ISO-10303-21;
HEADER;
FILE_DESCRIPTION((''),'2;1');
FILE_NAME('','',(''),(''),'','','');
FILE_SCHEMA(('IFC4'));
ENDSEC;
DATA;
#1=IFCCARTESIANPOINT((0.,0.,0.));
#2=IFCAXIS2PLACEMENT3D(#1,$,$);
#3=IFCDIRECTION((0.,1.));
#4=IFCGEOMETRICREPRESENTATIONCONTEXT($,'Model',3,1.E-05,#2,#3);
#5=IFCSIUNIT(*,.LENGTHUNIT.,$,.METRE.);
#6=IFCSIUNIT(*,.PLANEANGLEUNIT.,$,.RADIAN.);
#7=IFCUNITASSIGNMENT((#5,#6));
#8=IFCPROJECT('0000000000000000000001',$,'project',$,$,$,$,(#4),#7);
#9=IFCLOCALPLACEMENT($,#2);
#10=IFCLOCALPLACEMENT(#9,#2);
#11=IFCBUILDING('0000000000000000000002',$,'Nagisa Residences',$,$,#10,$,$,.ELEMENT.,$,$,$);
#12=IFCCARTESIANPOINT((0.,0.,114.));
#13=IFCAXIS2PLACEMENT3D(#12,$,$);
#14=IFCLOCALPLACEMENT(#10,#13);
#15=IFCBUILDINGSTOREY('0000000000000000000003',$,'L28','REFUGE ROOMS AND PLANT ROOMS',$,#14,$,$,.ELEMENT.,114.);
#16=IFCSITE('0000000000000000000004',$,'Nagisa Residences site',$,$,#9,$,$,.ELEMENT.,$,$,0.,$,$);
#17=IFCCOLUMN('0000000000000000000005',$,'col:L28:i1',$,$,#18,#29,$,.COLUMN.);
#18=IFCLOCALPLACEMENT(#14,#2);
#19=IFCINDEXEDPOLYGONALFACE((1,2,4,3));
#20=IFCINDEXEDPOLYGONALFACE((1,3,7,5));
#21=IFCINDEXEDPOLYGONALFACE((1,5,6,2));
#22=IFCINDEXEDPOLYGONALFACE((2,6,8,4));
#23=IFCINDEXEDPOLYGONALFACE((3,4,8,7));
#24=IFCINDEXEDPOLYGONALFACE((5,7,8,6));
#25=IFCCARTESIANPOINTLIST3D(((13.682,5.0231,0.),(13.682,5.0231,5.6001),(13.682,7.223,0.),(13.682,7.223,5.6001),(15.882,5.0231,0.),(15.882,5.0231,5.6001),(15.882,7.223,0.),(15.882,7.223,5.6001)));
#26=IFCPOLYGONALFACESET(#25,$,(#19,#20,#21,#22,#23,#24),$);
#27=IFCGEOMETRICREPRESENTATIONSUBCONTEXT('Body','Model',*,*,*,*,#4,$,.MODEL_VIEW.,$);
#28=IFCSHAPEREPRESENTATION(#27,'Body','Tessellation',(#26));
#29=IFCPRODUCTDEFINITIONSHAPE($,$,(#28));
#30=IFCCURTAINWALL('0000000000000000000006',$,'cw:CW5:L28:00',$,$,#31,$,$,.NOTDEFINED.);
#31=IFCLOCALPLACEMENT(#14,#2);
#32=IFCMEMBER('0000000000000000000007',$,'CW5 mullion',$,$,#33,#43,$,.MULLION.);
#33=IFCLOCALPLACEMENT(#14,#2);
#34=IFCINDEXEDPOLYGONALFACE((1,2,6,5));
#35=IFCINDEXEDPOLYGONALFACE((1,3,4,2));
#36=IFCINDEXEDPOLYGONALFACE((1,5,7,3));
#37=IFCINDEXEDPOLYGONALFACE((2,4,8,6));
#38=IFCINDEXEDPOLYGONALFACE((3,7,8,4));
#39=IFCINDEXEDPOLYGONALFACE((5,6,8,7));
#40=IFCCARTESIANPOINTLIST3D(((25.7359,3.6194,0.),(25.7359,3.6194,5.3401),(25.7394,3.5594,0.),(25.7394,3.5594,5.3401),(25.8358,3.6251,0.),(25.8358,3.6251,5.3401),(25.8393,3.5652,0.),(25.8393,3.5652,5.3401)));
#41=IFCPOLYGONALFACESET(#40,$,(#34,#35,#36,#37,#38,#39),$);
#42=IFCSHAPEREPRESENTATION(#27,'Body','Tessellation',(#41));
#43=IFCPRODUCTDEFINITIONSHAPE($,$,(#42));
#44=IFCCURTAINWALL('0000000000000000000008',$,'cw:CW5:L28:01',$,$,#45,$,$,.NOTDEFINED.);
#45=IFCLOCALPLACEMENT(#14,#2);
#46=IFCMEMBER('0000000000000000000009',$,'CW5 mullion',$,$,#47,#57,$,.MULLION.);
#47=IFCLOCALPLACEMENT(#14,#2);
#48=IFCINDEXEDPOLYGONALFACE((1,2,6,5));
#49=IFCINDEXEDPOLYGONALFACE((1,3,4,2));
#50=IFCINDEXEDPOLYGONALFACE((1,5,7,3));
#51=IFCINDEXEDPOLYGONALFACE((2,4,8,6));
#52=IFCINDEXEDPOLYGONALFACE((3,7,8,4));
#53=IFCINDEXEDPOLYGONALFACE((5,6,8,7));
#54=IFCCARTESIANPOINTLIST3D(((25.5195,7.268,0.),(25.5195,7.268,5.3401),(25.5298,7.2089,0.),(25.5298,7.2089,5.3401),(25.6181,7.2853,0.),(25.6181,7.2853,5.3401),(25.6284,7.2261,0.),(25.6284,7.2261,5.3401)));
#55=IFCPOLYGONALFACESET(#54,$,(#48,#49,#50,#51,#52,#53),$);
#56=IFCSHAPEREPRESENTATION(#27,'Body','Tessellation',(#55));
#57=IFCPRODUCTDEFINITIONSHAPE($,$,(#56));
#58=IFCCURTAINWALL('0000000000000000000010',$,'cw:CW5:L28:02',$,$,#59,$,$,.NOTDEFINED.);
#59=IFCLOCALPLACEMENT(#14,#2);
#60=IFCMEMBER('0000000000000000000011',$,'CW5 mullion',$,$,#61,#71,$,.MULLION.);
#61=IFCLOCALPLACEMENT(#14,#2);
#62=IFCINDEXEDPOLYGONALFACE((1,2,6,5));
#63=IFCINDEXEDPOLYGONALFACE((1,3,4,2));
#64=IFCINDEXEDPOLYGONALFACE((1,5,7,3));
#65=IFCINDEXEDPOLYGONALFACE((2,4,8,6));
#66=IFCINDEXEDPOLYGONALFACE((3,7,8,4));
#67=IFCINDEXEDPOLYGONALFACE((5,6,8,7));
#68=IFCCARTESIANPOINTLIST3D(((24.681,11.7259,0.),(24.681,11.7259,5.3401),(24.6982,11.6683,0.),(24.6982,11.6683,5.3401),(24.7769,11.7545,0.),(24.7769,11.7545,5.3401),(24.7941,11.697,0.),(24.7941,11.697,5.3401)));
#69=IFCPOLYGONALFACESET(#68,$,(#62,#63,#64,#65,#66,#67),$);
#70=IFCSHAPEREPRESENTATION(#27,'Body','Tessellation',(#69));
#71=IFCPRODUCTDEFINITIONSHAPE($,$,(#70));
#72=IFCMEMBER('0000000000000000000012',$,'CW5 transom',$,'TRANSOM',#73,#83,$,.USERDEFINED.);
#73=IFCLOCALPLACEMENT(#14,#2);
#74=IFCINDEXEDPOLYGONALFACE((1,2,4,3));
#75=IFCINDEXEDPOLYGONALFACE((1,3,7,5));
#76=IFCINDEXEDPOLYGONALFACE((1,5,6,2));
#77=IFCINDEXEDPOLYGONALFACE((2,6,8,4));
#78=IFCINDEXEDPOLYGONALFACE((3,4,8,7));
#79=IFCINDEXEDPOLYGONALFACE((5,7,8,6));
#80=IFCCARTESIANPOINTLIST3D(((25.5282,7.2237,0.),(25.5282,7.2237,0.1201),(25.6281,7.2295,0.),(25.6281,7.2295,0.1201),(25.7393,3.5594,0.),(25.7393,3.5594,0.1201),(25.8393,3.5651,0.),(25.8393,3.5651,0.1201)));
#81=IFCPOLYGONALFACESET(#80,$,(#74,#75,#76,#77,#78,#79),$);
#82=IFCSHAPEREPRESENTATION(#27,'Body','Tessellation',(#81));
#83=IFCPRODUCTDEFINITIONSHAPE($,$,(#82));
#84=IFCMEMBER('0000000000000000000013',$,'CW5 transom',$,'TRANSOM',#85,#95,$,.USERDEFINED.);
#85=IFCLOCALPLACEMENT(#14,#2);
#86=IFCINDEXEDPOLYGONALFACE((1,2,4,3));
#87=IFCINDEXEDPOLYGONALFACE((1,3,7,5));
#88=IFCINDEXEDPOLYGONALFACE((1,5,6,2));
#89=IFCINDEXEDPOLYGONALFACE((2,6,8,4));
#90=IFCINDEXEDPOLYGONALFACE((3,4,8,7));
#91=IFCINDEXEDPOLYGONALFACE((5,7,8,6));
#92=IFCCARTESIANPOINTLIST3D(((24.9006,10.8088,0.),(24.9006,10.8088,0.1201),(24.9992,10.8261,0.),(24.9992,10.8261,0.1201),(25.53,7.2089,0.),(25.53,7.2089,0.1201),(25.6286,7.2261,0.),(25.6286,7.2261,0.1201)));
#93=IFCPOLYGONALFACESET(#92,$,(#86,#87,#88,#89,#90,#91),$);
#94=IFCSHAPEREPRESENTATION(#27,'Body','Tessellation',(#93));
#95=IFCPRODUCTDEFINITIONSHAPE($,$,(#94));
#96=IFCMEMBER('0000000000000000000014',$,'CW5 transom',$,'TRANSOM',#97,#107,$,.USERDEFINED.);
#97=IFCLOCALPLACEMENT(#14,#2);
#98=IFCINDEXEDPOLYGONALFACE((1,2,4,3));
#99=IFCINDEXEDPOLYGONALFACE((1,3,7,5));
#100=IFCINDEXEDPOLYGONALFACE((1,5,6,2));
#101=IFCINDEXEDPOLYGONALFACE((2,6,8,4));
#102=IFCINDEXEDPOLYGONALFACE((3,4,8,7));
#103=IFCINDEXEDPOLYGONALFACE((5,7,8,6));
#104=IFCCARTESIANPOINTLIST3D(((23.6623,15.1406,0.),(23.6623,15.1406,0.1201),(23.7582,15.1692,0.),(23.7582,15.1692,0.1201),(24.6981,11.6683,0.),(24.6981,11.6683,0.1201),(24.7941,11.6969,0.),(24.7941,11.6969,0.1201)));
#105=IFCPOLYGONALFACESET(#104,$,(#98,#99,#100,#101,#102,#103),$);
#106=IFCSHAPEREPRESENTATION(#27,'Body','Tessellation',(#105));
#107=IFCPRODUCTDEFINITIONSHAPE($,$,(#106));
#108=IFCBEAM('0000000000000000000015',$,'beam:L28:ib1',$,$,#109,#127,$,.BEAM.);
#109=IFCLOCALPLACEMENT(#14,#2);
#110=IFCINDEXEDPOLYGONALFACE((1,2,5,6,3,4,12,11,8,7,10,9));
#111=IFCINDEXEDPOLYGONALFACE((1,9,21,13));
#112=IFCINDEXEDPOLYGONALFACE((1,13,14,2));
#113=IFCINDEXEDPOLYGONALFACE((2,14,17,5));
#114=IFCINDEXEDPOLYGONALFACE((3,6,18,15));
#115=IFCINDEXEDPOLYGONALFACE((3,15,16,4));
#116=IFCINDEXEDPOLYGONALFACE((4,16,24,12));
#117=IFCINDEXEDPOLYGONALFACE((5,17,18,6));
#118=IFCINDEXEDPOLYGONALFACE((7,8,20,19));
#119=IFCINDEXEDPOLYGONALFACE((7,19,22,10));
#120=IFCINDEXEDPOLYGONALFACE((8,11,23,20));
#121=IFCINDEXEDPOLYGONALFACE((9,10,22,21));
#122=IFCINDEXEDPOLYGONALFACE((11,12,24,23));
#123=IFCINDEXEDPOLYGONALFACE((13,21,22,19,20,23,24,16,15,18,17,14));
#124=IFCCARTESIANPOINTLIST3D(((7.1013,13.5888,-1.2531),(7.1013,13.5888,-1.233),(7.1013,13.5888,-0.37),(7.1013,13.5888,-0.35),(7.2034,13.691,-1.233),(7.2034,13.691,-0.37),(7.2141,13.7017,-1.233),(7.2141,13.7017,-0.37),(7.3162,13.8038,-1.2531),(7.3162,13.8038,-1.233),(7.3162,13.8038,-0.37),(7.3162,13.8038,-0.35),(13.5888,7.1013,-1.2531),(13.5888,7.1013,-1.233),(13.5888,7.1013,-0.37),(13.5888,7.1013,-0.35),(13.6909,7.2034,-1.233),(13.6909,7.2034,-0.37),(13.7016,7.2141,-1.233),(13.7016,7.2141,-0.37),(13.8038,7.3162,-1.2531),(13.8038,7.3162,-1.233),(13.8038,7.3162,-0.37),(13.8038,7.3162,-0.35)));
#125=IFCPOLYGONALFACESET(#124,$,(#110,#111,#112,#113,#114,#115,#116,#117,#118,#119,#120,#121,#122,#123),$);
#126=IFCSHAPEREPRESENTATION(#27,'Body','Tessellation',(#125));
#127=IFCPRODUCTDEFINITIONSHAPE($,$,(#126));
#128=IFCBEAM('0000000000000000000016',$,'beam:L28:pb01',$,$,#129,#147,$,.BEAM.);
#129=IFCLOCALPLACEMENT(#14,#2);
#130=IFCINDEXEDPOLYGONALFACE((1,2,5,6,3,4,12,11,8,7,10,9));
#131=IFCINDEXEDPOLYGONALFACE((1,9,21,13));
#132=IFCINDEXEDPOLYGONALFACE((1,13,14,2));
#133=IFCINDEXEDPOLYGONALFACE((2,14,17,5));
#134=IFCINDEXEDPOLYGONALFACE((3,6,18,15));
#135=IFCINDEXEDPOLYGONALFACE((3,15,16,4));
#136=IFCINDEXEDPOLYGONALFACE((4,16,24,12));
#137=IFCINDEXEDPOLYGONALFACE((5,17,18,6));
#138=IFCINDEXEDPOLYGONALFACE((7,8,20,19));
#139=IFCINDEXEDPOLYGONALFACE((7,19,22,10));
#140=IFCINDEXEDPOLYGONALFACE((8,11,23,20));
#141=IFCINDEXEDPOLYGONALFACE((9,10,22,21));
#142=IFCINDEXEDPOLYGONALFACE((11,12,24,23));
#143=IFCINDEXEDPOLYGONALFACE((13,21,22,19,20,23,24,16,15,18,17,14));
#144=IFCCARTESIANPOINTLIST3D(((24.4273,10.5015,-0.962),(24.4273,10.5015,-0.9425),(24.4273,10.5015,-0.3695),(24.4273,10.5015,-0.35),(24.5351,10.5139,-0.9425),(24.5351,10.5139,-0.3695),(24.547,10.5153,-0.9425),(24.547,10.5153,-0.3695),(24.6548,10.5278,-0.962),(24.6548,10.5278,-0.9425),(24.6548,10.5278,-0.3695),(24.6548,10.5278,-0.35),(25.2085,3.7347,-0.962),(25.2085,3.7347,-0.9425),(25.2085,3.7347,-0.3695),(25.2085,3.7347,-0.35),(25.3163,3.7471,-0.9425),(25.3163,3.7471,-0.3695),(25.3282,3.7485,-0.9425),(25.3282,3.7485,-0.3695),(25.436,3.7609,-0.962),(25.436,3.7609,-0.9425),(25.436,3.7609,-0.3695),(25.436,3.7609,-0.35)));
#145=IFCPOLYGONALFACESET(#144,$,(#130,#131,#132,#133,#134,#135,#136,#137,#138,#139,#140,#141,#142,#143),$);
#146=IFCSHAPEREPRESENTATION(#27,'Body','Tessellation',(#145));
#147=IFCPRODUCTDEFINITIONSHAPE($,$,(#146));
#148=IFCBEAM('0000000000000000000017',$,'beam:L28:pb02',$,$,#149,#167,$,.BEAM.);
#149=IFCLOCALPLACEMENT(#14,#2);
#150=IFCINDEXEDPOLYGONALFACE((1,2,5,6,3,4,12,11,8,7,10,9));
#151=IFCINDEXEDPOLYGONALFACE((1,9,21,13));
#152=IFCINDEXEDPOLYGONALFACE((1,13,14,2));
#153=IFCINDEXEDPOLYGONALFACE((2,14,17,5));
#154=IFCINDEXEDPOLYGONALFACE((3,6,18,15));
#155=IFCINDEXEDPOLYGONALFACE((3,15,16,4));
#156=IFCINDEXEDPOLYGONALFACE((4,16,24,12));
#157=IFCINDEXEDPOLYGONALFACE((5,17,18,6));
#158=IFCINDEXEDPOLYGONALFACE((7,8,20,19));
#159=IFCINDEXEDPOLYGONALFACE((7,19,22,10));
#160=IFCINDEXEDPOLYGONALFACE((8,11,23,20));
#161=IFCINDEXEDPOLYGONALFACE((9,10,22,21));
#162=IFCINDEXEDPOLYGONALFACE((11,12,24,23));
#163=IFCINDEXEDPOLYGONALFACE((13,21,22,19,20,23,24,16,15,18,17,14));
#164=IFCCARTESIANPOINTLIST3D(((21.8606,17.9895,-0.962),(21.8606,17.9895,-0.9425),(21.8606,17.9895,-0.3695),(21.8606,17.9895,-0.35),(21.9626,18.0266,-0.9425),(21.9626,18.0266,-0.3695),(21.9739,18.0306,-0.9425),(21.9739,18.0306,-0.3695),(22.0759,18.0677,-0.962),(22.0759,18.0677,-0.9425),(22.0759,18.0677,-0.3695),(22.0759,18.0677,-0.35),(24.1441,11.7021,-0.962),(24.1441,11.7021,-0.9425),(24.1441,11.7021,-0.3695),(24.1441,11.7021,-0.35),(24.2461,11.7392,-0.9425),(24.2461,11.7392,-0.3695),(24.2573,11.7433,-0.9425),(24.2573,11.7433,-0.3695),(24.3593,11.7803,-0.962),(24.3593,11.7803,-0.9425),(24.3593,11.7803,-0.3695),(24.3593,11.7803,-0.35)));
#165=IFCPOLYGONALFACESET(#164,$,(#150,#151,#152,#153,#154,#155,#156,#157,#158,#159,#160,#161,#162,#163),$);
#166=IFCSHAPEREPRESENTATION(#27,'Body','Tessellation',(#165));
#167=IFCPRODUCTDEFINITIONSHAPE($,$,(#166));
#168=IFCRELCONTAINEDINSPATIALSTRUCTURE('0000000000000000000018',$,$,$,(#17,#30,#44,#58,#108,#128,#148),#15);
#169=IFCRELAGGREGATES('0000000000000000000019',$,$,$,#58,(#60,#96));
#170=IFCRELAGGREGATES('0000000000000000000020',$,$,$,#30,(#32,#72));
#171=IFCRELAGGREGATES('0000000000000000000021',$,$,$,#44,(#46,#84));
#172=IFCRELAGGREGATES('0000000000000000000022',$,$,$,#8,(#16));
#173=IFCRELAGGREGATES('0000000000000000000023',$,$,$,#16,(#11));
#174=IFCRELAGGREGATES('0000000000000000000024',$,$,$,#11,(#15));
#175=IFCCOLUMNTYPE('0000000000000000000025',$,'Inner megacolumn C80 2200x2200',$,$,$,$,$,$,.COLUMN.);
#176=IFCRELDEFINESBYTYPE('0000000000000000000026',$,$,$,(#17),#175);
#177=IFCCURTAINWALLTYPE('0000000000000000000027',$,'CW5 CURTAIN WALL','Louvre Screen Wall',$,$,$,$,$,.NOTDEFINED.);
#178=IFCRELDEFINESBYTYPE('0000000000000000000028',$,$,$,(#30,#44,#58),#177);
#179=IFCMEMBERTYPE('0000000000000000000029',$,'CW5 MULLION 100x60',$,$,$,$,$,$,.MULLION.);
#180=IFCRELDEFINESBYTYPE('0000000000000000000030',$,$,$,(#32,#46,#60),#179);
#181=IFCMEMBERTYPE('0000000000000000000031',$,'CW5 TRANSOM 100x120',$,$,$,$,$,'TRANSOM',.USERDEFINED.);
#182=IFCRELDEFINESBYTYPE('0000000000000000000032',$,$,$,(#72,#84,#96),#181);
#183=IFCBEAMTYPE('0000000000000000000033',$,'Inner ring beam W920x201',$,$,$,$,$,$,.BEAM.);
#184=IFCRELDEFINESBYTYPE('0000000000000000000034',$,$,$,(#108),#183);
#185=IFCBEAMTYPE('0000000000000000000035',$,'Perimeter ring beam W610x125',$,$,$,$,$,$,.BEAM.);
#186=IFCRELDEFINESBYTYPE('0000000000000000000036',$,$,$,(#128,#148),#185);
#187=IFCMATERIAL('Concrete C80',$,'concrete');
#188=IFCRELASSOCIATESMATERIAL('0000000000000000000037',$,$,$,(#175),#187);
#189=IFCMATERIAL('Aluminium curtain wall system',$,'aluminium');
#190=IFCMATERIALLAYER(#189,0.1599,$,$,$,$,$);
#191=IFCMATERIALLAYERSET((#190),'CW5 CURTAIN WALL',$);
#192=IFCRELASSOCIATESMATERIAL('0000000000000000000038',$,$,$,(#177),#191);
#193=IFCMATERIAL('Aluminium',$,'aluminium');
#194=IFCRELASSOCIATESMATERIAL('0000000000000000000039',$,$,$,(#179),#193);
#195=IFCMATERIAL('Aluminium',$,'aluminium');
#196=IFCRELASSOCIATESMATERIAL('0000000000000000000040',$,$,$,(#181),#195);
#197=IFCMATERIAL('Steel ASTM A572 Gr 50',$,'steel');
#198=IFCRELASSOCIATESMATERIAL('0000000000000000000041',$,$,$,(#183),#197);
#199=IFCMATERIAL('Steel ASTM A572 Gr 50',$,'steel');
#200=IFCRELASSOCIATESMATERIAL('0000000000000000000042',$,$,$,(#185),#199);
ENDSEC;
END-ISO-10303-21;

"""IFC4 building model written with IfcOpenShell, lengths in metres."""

from ifc_helpers import new_model, si_unit, direction, frame, origin, origin_2d, place, context, subcontext, project, spatial, rectangle, i_section, extrude, material, layer, layer_set, material_profile, profile_set, type_object, element, aggregate, save


model = new_model("IFC4")

# Units and contexts
model_context = context("Model", 3, precision=1e-05, world=origin(), true_north=direction((0.0, 1.0)))
body_context = subcontext(model_context, "Body", "Model", "MODEL_VIEW")
ifc_project = project(units=[si_unit("LENGTHUNIT", "METRE"), si_unit("PLANEANGLEUNIT", "RADIAN")], contexts=[model_context])

# Site, building, storey
site_placement = place(None, origin())
site = spatial("IfcSite", under=ifc_project, at=site_placement, Name="Nagisa Residences site", CompositionType="ELEMENT", RefElevation=0.0)
building_placement = place(site_placement, origin())
building = spatial("IfcBuilding", under=site, at=building_placement, Name="Nagisa Residences", CompositionType="ELEMENT")
storey_placement = place(building_placement, frame((0.0, 0.0, 114.0)))
storey = spatial("IfcBuildingStorey", under=building, at=storey_placement, Name="L28", Description="REFUGE ROOMS AND PLANT ROOMS", CompositionType="ELEMENT", Elevation=114.0)

# Column
ifc_material_1 = material(Name="Concrete C80", Category="concrete")
ifc_material_profile_1 = material_profile(ifc_material_1, rectangle(XDim=2.2, YDim=2.2, at=origin_2d()), Name="C80 2200x2200")
ifc_profile_set_1 = profile_set([ifc_material_profile_1], Name="Concrete C80")
column_type = type_object("IfcColumnType", Name="Inner megacolumn C80 2200x2200", PredefinedType="COLUMN", material=ifc_profile_set_1)
column_placement = place(storey_placement, frame((14.782, 6.123, 0.0), z_axis=(0.0, 0.0, 1.0), x_axis=(1.0, 0.0, 0.0)))
element("IfcColumn", 1, at=column_placement, inside=storey, type_object=column_type, Name="col:L28:i1", PredefinedType="COLUMN", context=body_context, shape_type="SweptSolid", body=[
    extrude(rectangle(XDim=2.2, YDim=2.2, at=origin_2d()), origin(), (0.0, 0.0, 1.0), 5.6001),
])

# Curtain walls, members
ifc_material_2 = material(Name="Aluminium curtain wall system", Category="aluminium")
ifc_layer_1 = layer(ifc_material_2, 0.1599)
ifc_layer_set_1 = layer_set([ifc_layer_1], Name="CW5 CURTAIN WALL")
curtain_wall_type = type_object("IfcCurtainWallType", Name="CW5 CURTAIN WALL", Description="Louvre Screen Wall", PredefinedType="NOTDEFINED", material=ifc_layer_set_1)
curtain_wall_1_placement = place(storey_placement, origin())
curtain_wall_1 = element("IfcCurtainWall", 2, at=curtain_wall_1_placement, inside=storey, type_object=curtain_wall_type, Name="cw:CW5:L28:00", PredefinedType="NOTDEFINED")
ifc_material_3 = material(Name="Aluminium", Category="aluminium")
ifc_material_profile_2 = material_profile(ifc_material_3, rectangle(XDim=0.1001, YDim=0.0601, at=origin_2d()), Name="CW5 MULLION 100x60")
ifc_profile_set_2 = profile_set([ifc_material_profile_2], Name="Aluminium")
member_type_1 = type_object("IfcMemberType", Name="CW5 MULLION 100x60", PredefinedType="MULLION", material=ifc_profile_set_2)
member_1_placement = place(storey_placement, frame((25.7876, 3.5923, 0.0), z_axis=(0.0, 0.0, 1.0), x_axis=(-0.998345, -0.057503, 0.0)))
member_1 = element("IfcMember", 3, at=member_1_placement, type_object=member_type_1, Name="CW5 mullion", PredefinedType="MULLION", context=body_context, shape_type="SweptSolid", body=[
    extrude(rectangle(XDim=0.1001, YDim=0.0601, at=origin_2d()), origin(), (0.0, 0.0, 1.0), 5.3401),
])
curtain_wall_2_placement = place(storey_placement, origin())
curtain_wall_2 = element("IfcCurtainWall", 4, at=curtain_wall_2_placement, inside=storey, type_object=curtain_wall_type, Name="cw:CW5:L28:01", PredefinedType="NOTDEFINED")
member_2_placement = place(storey_placement, frame((25.574, 7.2471, 0.0), z_axis=(0.0, 0.0, 1.0), x_axis=(-0.985064, -0.172191, 0.0)))
member_2 = element("IfcMember", 5, at=member_2_placement, type_object=member_type_1, Name="CW5 mullion", PredefinedType="MULLION", context=body_context, shape_type="SweptSolid", body=[
    extrude(rectangle(XDim=0.1001, YDim=0.0601, at=origin_2d()), origin(), (0.0, 0.0, 1.0), 5.3401),
])
curtain_wall_3_placement = place(storey_placement, origin())
curtain_wall_3 = element("IfcCurtainWall", 6, at=curtain_wall_3_placement, inside=storey, type_object=curtain_wall_type, Name="cw:CW5:L28:02", PredefinedType="NOTDEFINED")
member_3_placement = place(storey_placement, frame((24.7375, 11.7114, 0.0), z_axis=(0.0, 0.0, 1.0), x_axis=(-0.958271, -0.28586, 0.0)))
member_3 = element("IfcMember", 7, at=member_3_placement, type_object=member_type_1, Name="CW5 mullion", PredefinedType="MULLION", context=body_context, shape_type="SweptSolid", body=[
    extrude(rectangle(XDim=0.1001, YDim=0.0601, at=origin_2d()), origin(), (0.0, 0.0, 1.0), 5.3401),
])

# Members
ifc_material_4 = material(Name="Aluminium", Category="aluminium")
ifc_material_profile_3 = material_profile(ifc_material_4, rectangle(XDim=0.1001, YDim=0.1201, at=origin_2d()), Name="CW5 TRANSOM 100x120")
ifc_profile_set_3 = profile_set([ifc_material_profile_3], Name="Aluminium")
member_type_2 = type_object("IfcMemberType", Name="CW5 TRANSOM 100x120", ElementType="TRANSOM", PredefinedType="USERDEFINED", material=ifc_profile_set_3)
member_4_placement = place(storey_placement, frame((25.7893, 3.5623, 0.0601), z_axis=(-0.057537, 0.998343, 0.0), x_axis=(-0.998343, -0.057537, 0.0)))
member_4 = element("IfcMember", 8, at=member_4_placement, type_object=member_type_2, Name="CW5 transom", ObjectType="TRANSOM", PredefinedType="USERDEFINED", context=body_context, shape_type="SweptSolid", body=[
    extrude(rectangle(XDim=0.1001, YDim=0.1201, at=origin_2d()), origin(), (0.0, 0.0, 1.0), 3.6704),
])
member_5_placement = place(storey_placement, frame((25.5793, 7.2175, 0.0601), z_axis=(-0.172226, 0.985057, 0.0), x_axis=(-0.985057, -0.172226, 0.0)))
member_5 = element("IfcMember", 9, at=member_5_placement, type_object=member_type_2, Name="CW5 transom", ObjectType="TRANSOM", PredefinedType="USERDEFINED", context=body_context, shape_type="SweptSolid", body=[
    extrude(rectangle(XDim=0.1001, YDim=0.1201, at=origin_2d()), origin(), (0.0, 0.0, 1.0), 3.6545),
])
member_6_placement = place(storey_placement, frame((24.7461, 11.6826, 0.0601), z_axis=(-0.28587, 0.958268, 0.0), x_axis=(-0.958268, -0.28587, 0.0)))
member_6 = element("IfcMember", 10, at=member_6_placement, type_object=member_type_2, Name="CW5 transom", ObjectType="TRANSOM", PredefinedType="USERDEFINED", context=body_context, shape_type="SweptSolid", body=[
    extrude(rectangle(XDim=0.1001, YDim=0.1201, at=origin_2d()), origin(), (0.0, 0.0, 1.0), 3.6235),
])
aggregate(curtain_wall_3, [member_3, member_6])

# Beams
ifc_material_5 = material(Name="Steel ASTM A572 Gr 50", Category="steel")
ifc_material_profile_4 = material_profile(ifc_material_5, i_section(OverallWidth=0.304, OverallDepth=0.9031, WebThickness=0.0151, FlangeThickness=0.02, at=origin_2d()), Name="W920x201")
ifc_profile_set_4 = profile_set([ifc_material_profile_4], Name="Steel ASTM A572 Gr 50")
beam_type_1 = type_object("IfcBeamType", Name="Inner ring beam W920x201", PredefinedType="BEAM", material=ifc_profile_set_4)
beam_1_placement = place(storey_placement, frame((13.6963, 7.2087, -0.8015), z_axis=(-0.707107, 0.707107, 0.0), x_axis=(-0.707107, -0.707107, 0.0)))
element("IfcBeam", 11, at=beam_1_placement, inside=storey, type_object=beam_type_1, Name="beam:L28:ib1", PredefinedType="BEAM", context=body_context, shape_type="SweptSolid", body=[
    extrude(i_section(OverallWidth=0.304, OverallDepth=0.9031, WebThickness=0.0151, FlangeThickness=0.02, at=origin_2d()), origin(), (0.0, 0.0, 1.0), 9.1748),
])
ifc_material_6 = material(Name="Steel ASTM A572 Gr 50", Category="steel")
ifc_material_profile_5 = material_profile(ifc_material_6, i_section(OverallWidth=0.229, OverallDepth=0.6121, WebThickness=0.012, FlangeThickness=0.0195, at=origin_2d()), Name="W610x125")
ifc_profile_set_5 = profile_set([ifc_material_profile_5], Name="Steel ASTM A572 Gr 50")
beam_type_2 = type_object("IfcBeamType", Name="Perimeter ring beam W610x125", PredefinedType="BEAM", material=ifc_profile_set_5)
beam_2_placement = place(storey_placement, frame((25.3223, 3.7478, -0.656), z_axis=(-0.114691, 0.993401, 0.0), x_axis=(-0.993401, -0.114691, 0.0)))
element("IfcBeam", 12, at=beam_2_placement, inside=storey, type_object=beam_type_2, Name="beam:L28:pb01", PredefinedType="BEAM", context=body_context, shape_type="SweptSolid", body=[
    extrude(i_section(OverallWidth=0.229, OverallDepth=0.6121, WebThickness=0.012, FlangeThickness=0.0195, at=origin_2d()), origin(), (0.0, 0.0, 1.0), 6.8118),
])
beam_3_placement = place(storey_placement, frame((24.2517, 11.7412, -0.656), z_axis=(-0.341365, 0.939931, 0.0), x_axis=(-0.939931, -0.341365, 0.0)))
element("IfcBeam", 13, at=beam_3_placement, inside=storey, type_object=beam_type_2, Name="beam:L28:pb02", PredefinedType="BEAM", context=body_context, shape_type="SweptSolid", body=[
    extrude(i_section(OverallWidth=0.229, OverallDepth=0.6121, WebThickness=0.012, FlangeThickness=0.0195, at=origin_2d()), origin(), (0.0, 0.0, 1.0), 6.6892),
])

aggregate(curtain_wall_1, [member_1, member_4])
aggregate(curtain_wall_2, [member_2, member_5])

save(model, "model.ifc")
